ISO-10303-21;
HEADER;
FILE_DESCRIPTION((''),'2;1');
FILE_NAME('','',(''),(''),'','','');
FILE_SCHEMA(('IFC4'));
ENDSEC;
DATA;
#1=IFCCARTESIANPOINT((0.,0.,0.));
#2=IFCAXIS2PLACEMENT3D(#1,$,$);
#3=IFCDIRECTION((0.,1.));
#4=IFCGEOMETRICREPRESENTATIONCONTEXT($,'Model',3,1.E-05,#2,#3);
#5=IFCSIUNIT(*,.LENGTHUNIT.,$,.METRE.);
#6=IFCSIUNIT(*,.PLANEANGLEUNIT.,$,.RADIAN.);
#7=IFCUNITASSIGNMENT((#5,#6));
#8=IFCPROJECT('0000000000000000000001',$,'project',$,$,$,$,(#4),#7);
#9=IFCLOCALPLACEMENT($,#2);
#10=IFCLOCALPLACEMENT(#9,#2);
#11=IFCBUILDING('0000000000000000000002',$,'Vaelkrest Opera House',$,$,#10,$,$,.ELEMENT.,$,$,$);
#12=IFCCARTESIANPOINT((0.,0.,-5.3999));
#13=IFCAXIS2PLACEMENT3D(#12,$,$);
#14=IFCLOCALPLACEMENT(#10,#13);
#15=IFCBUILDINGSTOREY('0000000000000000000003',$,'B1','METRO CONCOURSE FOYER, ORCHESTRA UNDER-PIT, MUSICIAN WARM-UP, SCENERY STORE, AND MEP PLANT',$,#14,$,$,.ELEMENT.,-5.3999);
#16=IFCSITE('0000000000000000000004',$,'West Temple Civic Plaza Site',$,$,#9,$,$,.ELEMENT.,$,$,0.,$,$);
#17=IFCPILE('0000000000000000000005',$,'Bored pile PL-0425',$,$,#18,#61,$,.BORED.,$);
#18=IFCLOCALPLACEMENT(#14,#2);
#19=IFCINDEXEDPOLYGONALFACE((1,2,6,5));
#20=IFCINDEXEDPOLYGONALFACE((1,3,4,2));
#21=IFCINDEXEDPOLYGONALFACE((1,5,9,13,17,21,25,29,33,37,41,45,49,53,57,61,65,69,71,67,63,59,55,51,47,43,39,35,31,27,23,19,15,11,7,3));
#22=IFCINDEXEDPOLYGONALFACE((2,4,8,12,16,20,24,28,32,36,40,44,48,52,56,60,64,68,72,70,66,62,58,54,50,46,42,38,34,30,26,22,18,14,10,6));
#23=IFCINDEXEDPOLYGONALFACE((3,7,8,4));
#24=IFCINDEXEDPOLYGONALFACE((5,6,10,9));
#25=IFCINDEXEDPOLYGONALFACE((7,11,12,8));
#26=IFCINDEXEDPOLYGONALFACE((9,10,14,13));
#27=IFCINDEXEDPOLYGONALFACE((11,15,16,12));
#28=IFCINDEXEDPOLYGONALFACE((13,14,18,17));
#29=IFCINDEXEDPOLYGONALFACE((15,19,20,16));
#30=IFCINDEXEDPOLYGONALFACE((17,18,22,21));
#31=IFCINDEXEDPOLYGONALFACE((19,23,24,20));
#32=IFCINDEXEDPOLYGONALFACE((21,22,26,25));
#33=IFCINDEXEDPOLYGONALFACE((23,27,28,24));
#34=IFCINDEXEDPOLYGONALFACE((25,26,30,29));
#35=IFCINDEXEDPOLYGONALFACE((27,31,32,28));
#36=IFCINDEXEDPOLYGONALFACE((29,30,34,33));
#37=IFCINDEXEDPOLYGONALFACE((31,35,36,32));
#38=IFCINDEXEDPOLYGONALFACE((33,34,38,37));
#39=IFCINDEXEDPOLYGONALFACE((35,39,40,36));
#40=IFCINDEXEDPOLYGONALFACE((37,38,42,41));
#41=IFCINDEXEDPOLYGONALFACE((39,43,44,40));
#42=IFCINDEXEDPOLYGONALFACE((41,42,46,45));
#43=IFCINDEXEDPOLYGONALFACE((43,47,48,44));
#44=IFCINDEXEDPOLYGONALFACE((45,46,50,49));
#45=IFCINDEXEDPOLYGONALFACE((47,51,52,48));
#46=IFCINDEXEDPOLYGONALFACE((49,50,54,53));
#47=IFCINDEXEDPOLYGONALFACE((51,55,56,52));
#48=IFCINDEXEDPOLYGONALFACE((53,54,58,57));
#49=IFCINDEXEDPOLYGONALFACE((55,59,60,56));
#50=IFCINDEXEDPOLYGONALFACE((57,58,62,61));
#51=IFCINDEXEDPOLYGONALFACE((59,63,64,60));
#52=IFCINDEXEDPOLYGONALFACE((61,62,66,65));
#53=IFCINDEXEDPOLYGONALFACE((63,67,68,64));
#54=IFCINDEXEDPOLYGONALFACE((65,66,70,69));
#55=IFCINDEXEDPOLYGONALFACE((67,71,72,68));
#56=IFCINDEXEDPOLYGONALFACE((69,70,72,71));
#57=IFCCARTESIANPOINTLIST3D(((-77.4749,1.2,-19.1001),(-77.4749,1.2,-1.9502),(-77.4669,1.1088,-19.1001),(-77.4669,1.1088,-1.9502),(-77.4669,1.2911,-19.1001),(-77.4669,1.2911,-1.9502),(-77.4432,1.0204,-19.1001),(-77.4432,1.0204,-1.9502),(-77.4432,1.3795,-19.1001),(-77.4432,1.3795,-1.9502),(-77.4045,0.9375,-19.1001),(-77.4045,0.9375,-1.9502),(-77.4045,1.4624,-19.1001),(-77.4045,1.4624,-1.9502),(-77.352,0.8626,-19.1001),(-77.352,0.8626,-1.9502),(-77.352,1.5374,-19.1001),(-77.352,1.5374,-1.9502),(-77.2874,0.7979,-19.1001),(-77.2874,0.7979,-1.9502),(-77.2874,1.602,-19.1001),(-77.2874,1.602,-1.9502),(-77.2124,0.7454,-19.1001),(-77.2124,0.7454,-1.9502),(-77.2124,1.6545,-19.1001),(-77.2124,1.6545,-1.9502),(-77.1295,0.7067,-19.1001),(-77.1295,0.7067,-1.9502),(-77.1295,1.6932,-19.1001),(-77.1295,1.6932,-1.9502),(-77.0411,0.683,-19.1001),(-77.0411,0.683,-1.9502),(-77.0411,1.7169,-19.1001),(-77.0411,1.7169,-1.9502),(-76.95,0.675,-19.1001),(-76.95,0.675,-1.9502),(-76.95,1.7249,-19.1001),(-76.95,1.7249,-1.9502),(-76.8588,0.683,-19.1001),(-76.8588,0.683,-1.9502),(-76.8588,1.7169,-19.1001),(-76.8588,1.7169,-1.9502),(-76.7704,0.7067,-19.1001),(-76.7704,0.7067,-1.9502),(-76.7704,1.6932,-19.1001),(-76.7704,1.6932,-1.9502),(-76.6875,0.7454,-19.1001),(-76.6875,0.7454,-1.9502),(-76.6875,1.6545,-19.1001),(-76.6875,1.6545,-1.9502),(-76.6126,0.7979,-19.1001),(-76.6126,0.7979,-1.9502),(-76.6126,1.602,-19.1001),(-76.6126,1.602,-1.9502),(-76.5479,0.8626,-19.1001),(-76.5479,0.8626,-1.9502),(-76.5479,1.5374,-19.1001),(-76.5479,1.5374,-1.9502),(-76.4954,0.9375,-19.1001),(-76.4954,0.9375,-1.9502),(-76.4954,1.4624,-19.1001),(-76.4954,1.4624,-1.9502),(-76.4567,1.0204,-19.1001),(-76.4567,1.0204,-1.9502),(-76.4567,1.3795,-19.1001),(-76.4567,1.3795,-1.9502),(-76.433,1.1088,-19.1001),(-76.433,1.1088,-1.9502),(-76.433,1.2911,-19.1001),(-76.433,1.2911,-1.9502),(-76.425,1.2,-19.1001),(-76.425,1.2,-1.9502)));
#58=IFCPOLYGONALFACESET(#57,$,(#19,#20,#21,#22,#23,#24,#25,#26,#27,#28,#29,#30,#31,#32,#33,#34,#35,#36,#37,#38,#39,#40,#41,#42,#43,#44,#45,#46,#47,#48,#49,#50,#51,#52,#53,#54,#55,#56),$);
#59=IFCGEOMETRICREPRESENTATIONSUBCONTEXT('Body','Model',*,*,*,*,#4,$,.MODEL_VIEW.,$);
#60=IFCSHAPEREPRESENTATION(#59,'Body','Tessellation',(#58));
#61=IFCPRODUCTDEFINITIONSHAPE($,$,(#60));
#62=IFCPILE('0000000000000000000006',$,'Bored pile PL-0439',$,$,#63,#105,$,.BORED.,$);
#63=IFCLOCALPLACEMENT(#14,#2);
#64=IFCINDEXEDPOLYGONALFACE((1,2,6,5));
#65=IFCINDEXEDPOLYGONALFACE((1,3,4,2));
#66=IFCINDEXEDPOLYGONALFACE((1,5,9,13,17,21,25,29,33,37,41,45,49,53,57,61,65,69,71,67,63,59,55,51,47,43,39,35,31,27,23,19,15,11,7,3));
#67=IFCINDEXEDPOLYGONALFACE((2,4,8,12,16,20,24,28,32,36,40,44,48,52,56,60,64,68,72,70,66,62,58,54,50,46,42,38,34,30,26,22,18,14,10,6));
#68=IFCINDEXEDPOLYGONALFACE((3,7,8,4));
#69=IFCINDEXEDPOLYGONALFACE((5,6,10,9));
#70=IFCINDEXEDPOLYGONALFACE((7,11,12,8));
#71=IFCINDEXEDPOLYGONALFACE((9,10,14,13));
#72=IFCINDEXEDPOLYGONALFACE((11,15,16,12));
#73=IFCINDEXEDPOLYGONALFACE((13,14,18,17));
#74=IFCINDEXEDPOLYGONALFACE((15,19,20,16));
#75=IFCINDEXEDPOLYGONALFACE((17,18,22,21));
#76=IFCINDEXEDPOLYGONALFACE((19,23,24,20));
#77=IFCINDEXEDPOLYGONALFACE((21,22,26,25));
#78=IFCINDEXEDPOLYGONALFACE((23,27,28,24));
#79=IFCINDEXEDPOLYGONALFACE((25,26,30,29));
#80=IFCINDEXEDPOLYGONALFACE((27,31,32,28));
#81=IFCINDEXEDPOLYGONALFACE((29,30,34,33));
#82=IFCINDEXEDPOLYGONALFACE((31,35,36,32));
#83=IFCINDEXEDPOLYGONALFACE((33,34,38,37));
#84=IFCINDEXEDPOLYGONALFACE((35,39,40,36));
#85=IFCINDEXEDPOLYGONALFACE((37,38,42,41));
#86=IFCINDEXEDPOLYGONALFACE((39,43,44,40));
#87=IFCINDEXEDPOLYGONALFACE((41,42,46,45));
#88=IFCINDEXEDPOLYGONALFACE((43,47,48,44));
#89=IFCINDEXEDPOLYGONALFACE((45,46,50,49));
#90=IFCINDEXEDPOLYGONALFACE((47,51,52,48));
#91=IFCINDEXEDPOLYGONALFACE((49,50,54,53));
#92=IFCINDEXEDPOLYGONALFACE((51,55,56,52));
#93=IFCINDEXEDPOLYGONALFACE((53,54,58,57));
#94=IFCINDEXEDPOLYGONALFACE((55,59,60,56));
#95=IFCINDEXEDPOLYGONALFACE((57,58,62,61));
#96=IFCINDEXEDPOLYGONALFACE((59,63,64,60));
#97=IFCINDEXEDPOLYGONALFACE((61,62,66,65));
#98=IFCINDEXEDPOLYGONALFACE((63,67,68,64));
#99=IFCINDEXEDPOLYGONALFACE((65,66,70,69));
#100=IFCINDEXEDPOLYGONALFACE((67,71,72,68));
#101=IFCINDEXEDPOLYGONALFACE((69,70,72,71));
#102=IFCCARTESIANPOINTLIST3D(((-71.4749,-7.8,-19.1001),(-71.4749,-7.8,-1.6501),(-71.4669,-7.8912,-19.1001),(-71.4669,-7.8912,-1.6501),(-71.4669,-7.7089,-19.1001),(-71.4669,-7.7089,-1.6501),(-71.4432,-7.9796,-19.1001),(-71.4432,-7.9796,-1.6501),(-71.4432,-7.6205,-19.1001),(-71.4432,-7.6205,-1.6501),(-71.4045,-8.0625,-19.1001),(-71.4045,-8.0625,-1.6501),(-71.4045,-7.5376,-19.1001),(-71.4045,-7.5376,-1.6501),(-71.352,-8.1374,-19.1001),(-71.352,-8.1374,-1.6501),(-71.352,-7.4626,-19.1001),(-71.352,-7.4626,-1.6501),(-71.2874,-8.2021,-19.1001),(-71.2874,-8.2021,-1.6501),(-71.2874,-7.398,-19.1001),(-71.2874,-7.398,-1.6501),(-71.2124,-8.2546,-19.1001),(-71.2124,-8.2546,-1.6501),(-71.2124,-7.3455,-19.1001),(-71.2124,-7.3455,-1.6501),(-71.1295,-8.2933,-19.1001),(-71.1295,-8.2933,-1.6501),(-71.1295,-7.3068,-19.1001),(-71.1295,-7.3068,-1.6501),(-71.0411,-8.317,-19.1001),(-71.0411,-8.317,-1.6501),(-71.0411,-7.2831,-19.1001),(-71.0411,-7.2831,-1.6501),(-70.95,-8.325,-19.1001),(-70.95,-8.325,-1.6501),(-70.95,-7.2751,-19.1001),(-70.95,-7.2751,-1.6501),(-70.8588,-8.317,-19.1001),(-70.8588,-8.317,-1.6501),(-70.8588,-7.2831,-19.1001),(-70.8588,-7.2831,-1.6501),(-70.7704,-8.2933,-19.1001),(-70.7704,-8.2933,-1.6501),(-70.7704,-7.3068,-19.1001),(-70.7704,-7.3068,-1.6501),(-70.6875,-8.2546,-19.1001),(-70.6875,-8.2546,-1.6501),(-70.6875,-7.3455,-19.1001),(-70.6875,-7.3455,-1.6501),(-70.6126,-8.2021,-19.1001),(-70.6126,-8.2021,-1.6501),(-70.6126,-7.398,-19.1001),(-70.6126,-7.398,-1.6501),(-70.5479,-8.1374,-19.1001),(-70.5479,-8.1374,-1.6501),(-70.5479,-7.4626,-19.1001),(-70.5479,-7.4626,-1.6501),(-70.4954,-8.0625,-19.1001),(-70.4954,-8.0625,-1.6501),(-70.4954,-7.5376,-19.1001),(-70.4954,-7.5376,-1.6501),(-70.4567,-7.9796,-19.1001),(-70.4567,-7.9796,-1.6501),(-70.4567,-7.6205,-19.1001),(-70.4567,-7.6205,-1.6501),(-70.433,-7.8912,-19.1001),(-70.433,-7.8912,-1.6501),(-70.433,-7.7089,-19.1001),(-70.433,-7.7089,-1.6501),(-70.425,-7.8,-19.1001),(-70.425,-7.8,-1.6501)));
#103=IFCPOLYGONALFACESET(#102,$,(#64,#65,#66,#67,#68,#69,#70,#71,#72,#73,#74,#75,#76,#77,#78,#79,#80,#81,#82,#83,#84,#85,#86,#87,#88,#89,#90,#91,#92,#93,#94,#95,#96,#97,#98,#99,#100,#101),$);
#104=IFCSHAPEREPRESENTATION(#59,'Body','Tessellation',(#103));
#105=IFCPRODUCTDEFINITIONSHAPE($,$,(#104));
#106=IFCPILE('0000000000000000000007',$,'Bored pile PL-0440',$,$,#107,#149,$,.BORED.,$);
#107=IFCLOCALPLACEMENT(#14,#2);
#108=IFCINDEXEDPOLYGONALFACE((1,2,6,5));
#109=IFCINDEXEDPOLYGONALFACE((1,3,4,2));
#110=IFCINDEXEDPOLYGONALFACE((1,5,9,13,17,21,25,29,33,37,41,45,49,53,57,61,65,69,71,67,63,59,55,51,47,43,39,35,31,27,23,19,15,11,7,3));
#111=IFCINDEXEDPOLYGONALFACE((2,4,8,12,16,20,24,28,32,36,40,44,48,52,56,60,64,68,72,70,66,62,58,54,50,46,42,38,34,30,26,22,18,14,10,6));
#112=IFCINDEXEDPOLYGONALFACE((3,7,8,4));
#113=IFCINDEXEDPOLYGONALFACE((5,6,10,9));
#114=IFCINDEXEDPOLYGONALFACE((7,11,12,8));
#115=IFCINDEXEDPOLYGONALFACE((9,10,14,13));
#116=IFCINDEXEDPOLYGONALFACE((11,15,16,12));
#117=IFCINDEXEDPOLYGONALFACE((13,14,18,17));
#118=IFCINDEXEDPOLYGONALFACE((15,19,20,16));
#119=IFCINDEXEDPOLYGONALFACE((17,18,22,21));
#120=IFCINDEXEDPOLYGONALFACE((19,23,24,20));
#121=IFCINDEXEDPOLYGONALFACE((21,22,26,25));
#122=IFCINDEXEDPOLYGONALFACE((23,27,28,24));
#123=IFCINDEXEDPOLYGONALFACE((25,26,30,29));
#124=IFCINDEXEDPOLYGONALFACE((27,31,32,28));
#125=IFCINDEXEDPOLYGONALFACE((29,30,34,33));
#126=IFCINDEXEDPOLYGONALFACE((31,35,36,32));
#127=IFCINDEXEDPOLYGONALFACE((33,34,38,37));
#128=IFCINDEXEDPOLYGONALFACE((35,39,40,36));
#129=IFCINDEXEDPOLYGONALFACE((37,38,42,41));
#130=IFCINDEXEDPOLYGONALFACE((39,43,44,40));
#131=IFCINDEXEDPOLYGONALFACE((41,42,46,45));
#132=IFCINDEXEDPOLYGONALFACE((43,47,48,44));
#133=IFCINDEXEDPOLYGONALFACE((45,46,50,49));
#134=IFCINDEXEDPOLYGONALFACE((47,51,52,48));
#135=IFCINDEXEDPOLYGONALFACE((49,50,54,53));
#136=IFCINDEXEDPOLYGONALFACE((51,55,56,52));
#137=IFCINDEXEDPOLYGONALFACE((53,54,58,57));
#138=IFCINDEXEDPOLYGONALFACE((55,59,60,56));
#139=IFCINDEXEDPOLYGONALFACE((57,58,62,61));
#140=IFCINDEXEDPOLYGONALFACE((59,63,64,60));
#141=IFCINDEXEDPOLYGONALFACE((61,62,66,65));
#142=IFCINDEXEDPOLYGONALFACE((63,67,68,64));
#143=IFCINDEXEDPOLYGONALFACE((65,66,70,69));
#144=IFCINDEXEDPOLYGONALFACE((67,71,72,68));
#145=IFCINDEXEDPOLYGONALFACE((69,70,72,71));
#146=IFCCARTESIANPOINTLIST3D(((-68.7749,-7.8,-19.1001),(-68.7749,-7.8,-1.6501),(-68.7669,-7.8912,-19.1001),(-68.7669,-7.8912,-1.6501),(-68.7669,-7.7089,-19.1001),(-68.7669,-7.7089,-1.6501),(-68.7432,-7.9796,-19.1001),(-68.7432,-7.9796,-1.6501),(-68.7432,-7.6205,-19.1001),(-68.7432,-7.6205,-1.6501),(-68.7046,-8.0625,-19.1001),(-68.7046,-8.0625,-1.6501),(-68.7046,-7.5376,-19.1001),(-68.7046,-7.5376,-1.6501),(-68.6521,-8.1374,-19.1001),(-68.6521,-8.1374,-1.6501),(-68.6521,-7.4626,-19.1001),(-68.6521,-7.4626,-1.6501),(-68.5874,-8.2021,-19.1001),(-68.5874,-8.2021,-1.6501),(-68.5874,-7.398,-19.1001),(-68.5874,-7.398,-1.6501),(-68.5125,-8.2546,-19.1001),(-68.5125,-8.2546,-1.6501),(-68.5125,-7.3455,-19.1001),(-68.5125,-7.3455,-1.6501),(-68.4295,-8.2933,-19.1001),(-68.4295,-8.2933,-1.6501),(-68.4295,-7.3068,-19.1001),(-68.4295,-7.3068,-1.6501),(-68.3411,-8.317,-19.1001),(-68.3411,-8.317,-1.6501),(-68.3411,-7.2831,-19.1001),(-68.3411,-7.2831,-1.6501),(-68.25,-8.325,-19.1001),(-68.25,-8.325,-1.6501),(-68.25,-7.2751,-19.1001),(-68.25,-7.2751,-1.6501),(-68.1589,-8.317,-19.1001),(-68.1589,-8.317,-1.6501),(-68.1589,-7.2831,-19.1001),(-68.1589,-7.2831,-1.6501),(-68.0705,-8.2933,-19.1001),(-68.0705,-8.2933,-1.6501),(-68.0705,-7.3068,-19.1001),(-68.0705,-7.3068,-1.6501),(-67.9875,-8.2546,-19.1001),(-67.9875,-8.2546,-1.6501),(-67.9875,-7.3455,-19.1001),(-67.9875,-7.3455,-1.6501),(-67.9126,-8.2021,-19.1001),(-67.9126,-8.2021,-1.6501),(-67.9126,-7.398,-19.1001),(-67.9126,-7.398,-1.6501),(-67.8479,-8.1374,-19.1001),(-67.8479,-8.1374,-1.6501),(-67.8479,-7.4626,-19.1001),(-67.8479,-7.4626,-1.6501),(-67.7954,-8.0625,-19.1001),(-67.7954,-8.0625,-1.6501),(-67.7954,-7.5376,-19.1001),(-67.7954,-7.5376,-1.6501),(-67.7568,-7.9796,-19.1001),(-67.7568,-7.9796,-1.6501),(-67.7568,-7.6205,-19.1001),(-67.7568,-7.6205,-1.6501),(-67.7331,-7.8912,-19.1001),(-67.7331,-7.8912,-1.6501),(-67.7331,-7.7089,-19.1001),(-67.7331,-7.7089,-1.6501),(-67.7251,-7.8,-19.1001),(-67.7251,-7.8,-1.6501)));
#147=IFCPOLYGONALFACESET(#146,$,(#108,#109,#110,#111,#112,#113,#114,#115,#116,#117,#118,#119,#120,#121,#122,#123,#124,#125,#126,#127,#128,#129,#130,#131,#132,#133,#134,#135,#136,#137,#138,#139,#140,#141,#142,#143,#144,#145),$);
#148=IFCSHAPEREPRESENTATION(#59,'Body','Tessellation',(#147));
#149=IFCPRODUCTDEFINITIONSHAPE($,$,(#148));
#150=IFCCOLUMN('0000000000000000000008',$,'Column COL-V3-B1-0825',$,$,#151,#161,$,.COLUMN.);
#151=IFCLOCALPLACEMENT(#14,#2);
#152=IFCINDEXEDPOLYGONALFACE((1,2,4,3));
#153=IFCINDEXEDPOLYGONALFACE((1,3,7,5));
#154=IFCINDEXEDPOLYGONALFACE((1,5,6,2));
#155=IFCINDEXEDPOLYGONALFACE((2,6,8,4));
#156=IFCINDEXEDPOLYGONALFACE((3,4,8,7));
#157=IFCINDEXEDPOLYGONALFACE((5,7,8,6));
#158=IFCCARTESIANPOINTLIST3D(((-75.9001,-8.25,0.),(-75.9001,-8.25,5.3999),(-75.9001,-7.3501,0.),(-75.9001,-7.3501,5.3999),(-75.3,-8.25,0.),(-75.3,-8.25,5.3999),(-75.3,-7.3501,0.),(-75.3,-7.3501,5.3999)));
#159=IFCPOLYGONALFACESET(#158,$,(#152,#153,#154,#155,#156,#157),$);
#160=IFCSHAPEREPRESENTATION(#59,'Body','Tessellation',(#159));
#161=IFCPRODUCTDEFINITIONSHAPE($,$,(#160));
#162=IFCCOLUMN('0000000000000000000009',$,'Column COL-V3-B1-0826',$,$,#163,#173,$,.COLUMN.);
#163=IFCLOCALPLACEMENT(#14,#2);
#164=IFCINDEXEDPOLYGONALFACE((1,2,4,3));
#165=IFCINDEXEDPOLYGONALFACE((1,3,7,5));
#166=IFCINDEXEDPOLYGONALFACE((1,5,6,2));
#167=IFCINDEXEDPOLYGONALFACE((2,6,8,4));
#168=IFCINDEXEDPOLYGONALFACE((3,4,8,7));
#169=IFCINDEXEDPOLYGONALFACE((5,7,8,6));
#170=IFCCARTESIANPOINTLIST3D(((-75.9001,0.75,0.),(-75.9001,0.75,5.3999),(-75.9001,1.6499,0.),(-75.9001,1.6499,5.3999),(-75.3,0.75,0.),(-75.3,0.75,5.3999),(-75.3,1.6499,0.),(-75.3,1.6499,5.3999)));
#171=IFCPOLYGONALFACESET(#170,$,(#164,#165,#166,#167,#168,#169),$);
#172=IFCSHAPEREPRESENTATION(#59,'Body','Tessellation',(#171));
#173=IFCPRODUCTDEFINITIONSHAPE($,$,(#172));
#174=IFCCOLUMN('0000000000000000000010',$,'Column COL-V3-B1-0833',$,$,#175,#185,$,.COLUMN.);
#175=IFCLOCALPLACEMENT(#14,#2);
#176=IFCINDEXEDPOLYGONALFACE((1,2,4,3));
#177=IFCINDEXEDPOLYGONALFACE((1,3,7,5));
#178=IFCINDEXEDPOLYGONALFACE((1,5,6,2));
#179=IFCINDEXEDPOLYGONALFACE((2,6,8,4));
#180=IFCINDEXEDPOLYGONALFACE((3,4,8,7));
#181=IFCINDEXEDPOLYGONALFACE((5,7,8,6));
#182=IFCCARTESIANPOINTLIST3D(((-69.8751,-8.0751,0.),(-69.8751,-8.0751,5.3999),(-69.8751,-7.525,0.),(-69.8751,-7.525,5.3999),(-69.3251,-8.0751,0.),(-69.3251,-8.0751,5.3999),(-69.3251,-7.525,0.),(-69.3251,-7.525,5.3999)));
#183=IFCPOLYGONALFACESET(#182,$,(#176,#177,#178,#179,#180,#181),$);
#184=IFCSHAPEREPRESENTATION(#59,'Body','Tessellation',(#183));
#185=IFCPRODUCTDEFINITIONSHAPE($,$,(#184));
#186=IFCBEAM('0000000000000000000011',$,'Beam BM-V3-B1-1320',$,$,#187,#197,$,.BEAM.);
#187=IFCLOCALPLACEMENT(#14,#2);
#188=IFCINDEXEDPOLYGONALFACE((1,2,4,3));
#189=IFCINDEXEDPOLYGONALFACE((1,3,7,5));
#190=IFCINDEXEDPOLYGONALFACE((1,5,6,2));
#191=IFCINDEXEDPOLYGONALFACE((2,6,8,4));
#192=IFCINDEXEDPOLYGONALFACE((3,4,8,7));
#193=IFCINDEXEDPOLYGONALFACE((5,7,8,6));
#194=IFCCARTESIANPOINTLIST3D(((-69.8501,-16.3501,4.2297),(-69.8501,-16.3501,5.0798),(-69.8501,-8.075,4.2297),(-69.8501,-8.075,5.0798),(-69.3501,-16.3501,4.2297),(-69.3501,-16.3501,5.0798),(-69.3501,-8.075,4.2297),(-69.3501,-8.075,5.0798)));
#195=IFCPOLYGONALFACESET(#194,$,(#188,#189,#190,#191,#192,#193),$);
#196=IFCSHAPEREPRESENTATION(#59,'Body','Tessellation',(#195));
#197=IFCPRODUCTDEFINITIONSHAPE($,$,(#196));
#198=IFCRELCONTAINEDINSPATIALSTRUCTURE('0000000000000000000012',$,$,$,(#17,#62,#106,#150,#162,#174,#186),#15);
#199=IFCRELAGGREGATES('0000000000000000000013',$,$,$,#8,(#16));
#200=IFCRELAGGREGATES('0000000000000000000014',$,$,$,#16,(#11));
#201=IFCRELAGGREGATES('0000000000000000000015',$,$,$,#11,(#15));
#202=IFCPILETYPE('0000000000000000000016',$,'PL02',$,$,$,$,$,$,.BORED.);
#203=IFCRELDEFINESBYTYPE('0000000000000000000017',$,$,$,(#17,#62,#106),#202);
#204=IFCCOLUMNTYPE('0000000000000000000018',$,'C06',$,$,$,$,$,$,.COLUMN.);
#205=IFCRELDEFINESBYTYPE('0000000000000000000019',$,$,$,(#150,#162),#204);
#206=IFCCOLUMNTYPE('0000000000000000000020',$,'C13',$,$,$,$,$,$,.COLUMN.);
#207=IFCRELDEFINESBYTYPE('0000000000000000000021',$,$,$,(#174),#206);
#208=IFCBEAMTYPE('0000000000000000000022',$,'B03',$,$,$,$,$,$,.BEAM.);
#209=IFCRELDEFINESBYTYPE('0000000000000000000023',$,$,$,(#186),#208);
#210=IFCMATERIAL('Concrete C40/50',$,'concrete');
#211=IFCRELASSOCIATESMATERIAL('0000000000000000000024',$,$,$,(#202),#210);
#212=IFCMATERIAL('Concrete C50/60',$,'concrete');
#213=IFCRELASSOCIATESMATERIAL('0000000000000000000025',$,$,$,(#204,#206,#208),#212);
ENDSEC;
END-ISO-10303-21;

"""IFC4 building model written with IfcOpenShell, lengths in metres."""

from ifc_helpers import new_model, si_unit, direction, frame, origin, origin_2d, place, context, subcontext, project, spatial, rectangle, circle, extrude, material, material_profile, profile_set, type_object, element, save


model = new_model("IFC4")

# Units and contexts
model_context = context("Model", 3, precision=1e-05, world=origin(), true_north=direction((0.0, 1.0)))
body_context = subcontext(model_context, "Body", "Model", "MODEL_VIEW")
ifc_project = project(units=[si_unit("LENGTHUNIT", "METRE"), si_unit("PLANEANGLEUNIT", "RADIAN")], contexts=[model_context])

# Site, building, storey
site_placement = place(None, origin())
site = spatial("IfcSite", under=ifc_project, at=site_placement, Name="West Temple Civic Plaza Site", CompositionType="ELEMENT", RefElevation=0.0)
building_placement = place(site_placement, origin())
building = spatial("IfcBuilding", under=site, at=building_placement, Name="Vaelkrest Opera House", CompositionType="ELEMENT")
storey_placement = place(building_placement, frame((0.0, 0.0, -5.3999)))
storey = spatial("IfcBuildingStorey", under=building, at=storey_placement, Name="B1", Description="METRO CONCOURSE FOYER, ORCHESTRA UNDER-PIT, MUSICIAN WARM-UP, SCENERY STORE, AND MEP PLANT", CompositionType="ELEMENT", Elevation=-5.3999)

# Shared definitions
ifc_material_1 = material(Name="Concrete C40/50", Category="concrete")

# Piles
ifc_material_profile_1 = material_profile(ifc_material_1, circle(Radius=0.5249, at=origin_2d()), Name="PILE1050")
ifc_profile_set_1 = profile_set([ifc_material_profile_1], Name="Concrete C40/50")
pile_type = type_object("IfcPileType", Name="PL02", PredefinedType="BORED", material=ifc_profile_set_1)
pile_placement = place(storey_placement, frame((-76.95, 1.2, -1.9502), z_axis=(0.0, 0.0, -1.0), x_axis=(1.0, 0.0, 0.0)))
element("IfcPile", 1, at=pile_placement, inside=storey, type_object=pile_type, Name="Bored pile PL-0425", PredefinedType="BORED", context=body_context, shape_type="SweptSolid", body=[
    extrude(circle(Radius=0.5249, at=origin_2d()), origin(), (0.0, 0.0, 1.0), 17.1499),
])
for number, where, z_axis, x_axis, name in (
    (2, (-70.95, -7.8, -1.6501), (0.0, 0.0, -1.0), (1.0, 0.0, 0.0), "Bored pile PL-0439"),
    (3, (-68.25, -7.8, -1.6501), (0.0, 0.0, -1.0), (1.0, 0.0, 0.0), "Bored pile PL-0440"),
):
    element("IfcPile", number, at=place(storey_placement, frame(where, z_axis=z_axis, x_axis=x_axis)), inside=storey, type_object=pile_type, Name=name, PredefinedType="BORED", context=body_context, shape_type="SweptSolid", body=[
        extrude(circle(Radius=0.5249, at=origin_2d()), origin(), (0.0, 0.0, 1.0), 17.45),
    ])

# Columns
ifc_material_2 = material(Name="Concrete C50/60", Category="concrete")
ifc_material_profile_2 = material_profile(ifc_material_2, rectangle(XDim=0.6001, YDim=0.8999, at=origin_2d()), Name="RC600X900")
ifc_profile_set_2 = profile_set([ifc_material_profile_2], Name="Concrete C50/60")
column_type_1 = type_object("IfcColumnType", Name="C06", PredefinedType="COLUMN", material=ifc_profile_set_2)
for number, where, z_axis, x_axis, name in (
    (4, (-75.6001, -7.8, 0.0), (0.0, 0.0, 1.0), (1.0, 0.0, 0.0), "Column COL-V3-B1-0825"),
    (5, (-75.6001, 1.2, 0.0), (0.0, 0.0, 1.0), (1.0, 0.0, 0.0), "Column COL-V3-B1-0826"),
):
    element("IfcColumn", number, at=place(storey_placement, frame(where, z_axis=z_axis, x_axis=x_axis)), inside=storey, type_object=column_type_1, Name=name, PredefinedType="COLUMN", context=body_context, shape_type="SweptSolid", body=[
        extrude(rectangle(XDim=0.6001, YDim=0.8999, at=origin_2d()), origin(), (0.0, 0.0, 1.0), 5.3999),
    ])
ifc_material_profile_3 = material_profile(ifc_material_2, rectangle(XDim=0.55, YDim=0.55, at=origin_2d()), Name="RC550X550")
ifc_profile_set_3 = profile_set([ifc_material_profile_3], Name="Concrete C50/60")
column_type_2 = type_object("IfcColumnType", Name="C13", PredefinedType="COLUMN", material=ifc_profile_set_3)
column_placement = place(storey_placement, frame((-69.6001, -7.8, 0.0), z_axis=(0.0, 0.0, 1.0), x_axis=(1.0, 0.0, 0.0)))
element("IfcColumn", 6, at=column_placement, inside=storey, type_object=column_type_2, Name="Column COL-V3-B1-0833", PredefinedType="COLUMN", context=body_context, shape_type="SweptSolid", body=[
    extrude(rectangle(XDim=0.55, YDim=0.55, at=origin_2d()), origin(), (0.0, 0.0, 1.0), 5.3999),
])

# Beam
ifc_material_profile_4 = material_profile(ifc_material_2, rectangle(XDim=0.5, YDim=0.8501, at=origin_2d()), Name="RCB500X850")
ifc_profile_set_4 = profile_set([ifc_material_profile_4], Name="Concrete C50/60")
beam_type_1 = type_object("IfcBeamType", Name="B03", PredefinedType="BEAM", material=ifc_profile_set_4)
beam_1_placement = place(storey_placement, frame((-69.6001, -16.3501, 4.6548), z_axis=(0.0, 1.0, 0.0), x_axis=(-1.0, 0.0, 0.0)))
element("IfcBeam", 7, at=beam_1_placement, inside=storey, type_object=beam_type_1, Name="Beam BM-V3-B1-1320", PredefinedType="BEAM", context=body_context, shape_type="SweptSolid", body=[
    extrude(rectangle(XDim=0.5, YDim=0.8501, at=origin_2d()), origin(), (0.0, 0.0, 1.0), 8.2751),
])

save(model, "model.ifc")
